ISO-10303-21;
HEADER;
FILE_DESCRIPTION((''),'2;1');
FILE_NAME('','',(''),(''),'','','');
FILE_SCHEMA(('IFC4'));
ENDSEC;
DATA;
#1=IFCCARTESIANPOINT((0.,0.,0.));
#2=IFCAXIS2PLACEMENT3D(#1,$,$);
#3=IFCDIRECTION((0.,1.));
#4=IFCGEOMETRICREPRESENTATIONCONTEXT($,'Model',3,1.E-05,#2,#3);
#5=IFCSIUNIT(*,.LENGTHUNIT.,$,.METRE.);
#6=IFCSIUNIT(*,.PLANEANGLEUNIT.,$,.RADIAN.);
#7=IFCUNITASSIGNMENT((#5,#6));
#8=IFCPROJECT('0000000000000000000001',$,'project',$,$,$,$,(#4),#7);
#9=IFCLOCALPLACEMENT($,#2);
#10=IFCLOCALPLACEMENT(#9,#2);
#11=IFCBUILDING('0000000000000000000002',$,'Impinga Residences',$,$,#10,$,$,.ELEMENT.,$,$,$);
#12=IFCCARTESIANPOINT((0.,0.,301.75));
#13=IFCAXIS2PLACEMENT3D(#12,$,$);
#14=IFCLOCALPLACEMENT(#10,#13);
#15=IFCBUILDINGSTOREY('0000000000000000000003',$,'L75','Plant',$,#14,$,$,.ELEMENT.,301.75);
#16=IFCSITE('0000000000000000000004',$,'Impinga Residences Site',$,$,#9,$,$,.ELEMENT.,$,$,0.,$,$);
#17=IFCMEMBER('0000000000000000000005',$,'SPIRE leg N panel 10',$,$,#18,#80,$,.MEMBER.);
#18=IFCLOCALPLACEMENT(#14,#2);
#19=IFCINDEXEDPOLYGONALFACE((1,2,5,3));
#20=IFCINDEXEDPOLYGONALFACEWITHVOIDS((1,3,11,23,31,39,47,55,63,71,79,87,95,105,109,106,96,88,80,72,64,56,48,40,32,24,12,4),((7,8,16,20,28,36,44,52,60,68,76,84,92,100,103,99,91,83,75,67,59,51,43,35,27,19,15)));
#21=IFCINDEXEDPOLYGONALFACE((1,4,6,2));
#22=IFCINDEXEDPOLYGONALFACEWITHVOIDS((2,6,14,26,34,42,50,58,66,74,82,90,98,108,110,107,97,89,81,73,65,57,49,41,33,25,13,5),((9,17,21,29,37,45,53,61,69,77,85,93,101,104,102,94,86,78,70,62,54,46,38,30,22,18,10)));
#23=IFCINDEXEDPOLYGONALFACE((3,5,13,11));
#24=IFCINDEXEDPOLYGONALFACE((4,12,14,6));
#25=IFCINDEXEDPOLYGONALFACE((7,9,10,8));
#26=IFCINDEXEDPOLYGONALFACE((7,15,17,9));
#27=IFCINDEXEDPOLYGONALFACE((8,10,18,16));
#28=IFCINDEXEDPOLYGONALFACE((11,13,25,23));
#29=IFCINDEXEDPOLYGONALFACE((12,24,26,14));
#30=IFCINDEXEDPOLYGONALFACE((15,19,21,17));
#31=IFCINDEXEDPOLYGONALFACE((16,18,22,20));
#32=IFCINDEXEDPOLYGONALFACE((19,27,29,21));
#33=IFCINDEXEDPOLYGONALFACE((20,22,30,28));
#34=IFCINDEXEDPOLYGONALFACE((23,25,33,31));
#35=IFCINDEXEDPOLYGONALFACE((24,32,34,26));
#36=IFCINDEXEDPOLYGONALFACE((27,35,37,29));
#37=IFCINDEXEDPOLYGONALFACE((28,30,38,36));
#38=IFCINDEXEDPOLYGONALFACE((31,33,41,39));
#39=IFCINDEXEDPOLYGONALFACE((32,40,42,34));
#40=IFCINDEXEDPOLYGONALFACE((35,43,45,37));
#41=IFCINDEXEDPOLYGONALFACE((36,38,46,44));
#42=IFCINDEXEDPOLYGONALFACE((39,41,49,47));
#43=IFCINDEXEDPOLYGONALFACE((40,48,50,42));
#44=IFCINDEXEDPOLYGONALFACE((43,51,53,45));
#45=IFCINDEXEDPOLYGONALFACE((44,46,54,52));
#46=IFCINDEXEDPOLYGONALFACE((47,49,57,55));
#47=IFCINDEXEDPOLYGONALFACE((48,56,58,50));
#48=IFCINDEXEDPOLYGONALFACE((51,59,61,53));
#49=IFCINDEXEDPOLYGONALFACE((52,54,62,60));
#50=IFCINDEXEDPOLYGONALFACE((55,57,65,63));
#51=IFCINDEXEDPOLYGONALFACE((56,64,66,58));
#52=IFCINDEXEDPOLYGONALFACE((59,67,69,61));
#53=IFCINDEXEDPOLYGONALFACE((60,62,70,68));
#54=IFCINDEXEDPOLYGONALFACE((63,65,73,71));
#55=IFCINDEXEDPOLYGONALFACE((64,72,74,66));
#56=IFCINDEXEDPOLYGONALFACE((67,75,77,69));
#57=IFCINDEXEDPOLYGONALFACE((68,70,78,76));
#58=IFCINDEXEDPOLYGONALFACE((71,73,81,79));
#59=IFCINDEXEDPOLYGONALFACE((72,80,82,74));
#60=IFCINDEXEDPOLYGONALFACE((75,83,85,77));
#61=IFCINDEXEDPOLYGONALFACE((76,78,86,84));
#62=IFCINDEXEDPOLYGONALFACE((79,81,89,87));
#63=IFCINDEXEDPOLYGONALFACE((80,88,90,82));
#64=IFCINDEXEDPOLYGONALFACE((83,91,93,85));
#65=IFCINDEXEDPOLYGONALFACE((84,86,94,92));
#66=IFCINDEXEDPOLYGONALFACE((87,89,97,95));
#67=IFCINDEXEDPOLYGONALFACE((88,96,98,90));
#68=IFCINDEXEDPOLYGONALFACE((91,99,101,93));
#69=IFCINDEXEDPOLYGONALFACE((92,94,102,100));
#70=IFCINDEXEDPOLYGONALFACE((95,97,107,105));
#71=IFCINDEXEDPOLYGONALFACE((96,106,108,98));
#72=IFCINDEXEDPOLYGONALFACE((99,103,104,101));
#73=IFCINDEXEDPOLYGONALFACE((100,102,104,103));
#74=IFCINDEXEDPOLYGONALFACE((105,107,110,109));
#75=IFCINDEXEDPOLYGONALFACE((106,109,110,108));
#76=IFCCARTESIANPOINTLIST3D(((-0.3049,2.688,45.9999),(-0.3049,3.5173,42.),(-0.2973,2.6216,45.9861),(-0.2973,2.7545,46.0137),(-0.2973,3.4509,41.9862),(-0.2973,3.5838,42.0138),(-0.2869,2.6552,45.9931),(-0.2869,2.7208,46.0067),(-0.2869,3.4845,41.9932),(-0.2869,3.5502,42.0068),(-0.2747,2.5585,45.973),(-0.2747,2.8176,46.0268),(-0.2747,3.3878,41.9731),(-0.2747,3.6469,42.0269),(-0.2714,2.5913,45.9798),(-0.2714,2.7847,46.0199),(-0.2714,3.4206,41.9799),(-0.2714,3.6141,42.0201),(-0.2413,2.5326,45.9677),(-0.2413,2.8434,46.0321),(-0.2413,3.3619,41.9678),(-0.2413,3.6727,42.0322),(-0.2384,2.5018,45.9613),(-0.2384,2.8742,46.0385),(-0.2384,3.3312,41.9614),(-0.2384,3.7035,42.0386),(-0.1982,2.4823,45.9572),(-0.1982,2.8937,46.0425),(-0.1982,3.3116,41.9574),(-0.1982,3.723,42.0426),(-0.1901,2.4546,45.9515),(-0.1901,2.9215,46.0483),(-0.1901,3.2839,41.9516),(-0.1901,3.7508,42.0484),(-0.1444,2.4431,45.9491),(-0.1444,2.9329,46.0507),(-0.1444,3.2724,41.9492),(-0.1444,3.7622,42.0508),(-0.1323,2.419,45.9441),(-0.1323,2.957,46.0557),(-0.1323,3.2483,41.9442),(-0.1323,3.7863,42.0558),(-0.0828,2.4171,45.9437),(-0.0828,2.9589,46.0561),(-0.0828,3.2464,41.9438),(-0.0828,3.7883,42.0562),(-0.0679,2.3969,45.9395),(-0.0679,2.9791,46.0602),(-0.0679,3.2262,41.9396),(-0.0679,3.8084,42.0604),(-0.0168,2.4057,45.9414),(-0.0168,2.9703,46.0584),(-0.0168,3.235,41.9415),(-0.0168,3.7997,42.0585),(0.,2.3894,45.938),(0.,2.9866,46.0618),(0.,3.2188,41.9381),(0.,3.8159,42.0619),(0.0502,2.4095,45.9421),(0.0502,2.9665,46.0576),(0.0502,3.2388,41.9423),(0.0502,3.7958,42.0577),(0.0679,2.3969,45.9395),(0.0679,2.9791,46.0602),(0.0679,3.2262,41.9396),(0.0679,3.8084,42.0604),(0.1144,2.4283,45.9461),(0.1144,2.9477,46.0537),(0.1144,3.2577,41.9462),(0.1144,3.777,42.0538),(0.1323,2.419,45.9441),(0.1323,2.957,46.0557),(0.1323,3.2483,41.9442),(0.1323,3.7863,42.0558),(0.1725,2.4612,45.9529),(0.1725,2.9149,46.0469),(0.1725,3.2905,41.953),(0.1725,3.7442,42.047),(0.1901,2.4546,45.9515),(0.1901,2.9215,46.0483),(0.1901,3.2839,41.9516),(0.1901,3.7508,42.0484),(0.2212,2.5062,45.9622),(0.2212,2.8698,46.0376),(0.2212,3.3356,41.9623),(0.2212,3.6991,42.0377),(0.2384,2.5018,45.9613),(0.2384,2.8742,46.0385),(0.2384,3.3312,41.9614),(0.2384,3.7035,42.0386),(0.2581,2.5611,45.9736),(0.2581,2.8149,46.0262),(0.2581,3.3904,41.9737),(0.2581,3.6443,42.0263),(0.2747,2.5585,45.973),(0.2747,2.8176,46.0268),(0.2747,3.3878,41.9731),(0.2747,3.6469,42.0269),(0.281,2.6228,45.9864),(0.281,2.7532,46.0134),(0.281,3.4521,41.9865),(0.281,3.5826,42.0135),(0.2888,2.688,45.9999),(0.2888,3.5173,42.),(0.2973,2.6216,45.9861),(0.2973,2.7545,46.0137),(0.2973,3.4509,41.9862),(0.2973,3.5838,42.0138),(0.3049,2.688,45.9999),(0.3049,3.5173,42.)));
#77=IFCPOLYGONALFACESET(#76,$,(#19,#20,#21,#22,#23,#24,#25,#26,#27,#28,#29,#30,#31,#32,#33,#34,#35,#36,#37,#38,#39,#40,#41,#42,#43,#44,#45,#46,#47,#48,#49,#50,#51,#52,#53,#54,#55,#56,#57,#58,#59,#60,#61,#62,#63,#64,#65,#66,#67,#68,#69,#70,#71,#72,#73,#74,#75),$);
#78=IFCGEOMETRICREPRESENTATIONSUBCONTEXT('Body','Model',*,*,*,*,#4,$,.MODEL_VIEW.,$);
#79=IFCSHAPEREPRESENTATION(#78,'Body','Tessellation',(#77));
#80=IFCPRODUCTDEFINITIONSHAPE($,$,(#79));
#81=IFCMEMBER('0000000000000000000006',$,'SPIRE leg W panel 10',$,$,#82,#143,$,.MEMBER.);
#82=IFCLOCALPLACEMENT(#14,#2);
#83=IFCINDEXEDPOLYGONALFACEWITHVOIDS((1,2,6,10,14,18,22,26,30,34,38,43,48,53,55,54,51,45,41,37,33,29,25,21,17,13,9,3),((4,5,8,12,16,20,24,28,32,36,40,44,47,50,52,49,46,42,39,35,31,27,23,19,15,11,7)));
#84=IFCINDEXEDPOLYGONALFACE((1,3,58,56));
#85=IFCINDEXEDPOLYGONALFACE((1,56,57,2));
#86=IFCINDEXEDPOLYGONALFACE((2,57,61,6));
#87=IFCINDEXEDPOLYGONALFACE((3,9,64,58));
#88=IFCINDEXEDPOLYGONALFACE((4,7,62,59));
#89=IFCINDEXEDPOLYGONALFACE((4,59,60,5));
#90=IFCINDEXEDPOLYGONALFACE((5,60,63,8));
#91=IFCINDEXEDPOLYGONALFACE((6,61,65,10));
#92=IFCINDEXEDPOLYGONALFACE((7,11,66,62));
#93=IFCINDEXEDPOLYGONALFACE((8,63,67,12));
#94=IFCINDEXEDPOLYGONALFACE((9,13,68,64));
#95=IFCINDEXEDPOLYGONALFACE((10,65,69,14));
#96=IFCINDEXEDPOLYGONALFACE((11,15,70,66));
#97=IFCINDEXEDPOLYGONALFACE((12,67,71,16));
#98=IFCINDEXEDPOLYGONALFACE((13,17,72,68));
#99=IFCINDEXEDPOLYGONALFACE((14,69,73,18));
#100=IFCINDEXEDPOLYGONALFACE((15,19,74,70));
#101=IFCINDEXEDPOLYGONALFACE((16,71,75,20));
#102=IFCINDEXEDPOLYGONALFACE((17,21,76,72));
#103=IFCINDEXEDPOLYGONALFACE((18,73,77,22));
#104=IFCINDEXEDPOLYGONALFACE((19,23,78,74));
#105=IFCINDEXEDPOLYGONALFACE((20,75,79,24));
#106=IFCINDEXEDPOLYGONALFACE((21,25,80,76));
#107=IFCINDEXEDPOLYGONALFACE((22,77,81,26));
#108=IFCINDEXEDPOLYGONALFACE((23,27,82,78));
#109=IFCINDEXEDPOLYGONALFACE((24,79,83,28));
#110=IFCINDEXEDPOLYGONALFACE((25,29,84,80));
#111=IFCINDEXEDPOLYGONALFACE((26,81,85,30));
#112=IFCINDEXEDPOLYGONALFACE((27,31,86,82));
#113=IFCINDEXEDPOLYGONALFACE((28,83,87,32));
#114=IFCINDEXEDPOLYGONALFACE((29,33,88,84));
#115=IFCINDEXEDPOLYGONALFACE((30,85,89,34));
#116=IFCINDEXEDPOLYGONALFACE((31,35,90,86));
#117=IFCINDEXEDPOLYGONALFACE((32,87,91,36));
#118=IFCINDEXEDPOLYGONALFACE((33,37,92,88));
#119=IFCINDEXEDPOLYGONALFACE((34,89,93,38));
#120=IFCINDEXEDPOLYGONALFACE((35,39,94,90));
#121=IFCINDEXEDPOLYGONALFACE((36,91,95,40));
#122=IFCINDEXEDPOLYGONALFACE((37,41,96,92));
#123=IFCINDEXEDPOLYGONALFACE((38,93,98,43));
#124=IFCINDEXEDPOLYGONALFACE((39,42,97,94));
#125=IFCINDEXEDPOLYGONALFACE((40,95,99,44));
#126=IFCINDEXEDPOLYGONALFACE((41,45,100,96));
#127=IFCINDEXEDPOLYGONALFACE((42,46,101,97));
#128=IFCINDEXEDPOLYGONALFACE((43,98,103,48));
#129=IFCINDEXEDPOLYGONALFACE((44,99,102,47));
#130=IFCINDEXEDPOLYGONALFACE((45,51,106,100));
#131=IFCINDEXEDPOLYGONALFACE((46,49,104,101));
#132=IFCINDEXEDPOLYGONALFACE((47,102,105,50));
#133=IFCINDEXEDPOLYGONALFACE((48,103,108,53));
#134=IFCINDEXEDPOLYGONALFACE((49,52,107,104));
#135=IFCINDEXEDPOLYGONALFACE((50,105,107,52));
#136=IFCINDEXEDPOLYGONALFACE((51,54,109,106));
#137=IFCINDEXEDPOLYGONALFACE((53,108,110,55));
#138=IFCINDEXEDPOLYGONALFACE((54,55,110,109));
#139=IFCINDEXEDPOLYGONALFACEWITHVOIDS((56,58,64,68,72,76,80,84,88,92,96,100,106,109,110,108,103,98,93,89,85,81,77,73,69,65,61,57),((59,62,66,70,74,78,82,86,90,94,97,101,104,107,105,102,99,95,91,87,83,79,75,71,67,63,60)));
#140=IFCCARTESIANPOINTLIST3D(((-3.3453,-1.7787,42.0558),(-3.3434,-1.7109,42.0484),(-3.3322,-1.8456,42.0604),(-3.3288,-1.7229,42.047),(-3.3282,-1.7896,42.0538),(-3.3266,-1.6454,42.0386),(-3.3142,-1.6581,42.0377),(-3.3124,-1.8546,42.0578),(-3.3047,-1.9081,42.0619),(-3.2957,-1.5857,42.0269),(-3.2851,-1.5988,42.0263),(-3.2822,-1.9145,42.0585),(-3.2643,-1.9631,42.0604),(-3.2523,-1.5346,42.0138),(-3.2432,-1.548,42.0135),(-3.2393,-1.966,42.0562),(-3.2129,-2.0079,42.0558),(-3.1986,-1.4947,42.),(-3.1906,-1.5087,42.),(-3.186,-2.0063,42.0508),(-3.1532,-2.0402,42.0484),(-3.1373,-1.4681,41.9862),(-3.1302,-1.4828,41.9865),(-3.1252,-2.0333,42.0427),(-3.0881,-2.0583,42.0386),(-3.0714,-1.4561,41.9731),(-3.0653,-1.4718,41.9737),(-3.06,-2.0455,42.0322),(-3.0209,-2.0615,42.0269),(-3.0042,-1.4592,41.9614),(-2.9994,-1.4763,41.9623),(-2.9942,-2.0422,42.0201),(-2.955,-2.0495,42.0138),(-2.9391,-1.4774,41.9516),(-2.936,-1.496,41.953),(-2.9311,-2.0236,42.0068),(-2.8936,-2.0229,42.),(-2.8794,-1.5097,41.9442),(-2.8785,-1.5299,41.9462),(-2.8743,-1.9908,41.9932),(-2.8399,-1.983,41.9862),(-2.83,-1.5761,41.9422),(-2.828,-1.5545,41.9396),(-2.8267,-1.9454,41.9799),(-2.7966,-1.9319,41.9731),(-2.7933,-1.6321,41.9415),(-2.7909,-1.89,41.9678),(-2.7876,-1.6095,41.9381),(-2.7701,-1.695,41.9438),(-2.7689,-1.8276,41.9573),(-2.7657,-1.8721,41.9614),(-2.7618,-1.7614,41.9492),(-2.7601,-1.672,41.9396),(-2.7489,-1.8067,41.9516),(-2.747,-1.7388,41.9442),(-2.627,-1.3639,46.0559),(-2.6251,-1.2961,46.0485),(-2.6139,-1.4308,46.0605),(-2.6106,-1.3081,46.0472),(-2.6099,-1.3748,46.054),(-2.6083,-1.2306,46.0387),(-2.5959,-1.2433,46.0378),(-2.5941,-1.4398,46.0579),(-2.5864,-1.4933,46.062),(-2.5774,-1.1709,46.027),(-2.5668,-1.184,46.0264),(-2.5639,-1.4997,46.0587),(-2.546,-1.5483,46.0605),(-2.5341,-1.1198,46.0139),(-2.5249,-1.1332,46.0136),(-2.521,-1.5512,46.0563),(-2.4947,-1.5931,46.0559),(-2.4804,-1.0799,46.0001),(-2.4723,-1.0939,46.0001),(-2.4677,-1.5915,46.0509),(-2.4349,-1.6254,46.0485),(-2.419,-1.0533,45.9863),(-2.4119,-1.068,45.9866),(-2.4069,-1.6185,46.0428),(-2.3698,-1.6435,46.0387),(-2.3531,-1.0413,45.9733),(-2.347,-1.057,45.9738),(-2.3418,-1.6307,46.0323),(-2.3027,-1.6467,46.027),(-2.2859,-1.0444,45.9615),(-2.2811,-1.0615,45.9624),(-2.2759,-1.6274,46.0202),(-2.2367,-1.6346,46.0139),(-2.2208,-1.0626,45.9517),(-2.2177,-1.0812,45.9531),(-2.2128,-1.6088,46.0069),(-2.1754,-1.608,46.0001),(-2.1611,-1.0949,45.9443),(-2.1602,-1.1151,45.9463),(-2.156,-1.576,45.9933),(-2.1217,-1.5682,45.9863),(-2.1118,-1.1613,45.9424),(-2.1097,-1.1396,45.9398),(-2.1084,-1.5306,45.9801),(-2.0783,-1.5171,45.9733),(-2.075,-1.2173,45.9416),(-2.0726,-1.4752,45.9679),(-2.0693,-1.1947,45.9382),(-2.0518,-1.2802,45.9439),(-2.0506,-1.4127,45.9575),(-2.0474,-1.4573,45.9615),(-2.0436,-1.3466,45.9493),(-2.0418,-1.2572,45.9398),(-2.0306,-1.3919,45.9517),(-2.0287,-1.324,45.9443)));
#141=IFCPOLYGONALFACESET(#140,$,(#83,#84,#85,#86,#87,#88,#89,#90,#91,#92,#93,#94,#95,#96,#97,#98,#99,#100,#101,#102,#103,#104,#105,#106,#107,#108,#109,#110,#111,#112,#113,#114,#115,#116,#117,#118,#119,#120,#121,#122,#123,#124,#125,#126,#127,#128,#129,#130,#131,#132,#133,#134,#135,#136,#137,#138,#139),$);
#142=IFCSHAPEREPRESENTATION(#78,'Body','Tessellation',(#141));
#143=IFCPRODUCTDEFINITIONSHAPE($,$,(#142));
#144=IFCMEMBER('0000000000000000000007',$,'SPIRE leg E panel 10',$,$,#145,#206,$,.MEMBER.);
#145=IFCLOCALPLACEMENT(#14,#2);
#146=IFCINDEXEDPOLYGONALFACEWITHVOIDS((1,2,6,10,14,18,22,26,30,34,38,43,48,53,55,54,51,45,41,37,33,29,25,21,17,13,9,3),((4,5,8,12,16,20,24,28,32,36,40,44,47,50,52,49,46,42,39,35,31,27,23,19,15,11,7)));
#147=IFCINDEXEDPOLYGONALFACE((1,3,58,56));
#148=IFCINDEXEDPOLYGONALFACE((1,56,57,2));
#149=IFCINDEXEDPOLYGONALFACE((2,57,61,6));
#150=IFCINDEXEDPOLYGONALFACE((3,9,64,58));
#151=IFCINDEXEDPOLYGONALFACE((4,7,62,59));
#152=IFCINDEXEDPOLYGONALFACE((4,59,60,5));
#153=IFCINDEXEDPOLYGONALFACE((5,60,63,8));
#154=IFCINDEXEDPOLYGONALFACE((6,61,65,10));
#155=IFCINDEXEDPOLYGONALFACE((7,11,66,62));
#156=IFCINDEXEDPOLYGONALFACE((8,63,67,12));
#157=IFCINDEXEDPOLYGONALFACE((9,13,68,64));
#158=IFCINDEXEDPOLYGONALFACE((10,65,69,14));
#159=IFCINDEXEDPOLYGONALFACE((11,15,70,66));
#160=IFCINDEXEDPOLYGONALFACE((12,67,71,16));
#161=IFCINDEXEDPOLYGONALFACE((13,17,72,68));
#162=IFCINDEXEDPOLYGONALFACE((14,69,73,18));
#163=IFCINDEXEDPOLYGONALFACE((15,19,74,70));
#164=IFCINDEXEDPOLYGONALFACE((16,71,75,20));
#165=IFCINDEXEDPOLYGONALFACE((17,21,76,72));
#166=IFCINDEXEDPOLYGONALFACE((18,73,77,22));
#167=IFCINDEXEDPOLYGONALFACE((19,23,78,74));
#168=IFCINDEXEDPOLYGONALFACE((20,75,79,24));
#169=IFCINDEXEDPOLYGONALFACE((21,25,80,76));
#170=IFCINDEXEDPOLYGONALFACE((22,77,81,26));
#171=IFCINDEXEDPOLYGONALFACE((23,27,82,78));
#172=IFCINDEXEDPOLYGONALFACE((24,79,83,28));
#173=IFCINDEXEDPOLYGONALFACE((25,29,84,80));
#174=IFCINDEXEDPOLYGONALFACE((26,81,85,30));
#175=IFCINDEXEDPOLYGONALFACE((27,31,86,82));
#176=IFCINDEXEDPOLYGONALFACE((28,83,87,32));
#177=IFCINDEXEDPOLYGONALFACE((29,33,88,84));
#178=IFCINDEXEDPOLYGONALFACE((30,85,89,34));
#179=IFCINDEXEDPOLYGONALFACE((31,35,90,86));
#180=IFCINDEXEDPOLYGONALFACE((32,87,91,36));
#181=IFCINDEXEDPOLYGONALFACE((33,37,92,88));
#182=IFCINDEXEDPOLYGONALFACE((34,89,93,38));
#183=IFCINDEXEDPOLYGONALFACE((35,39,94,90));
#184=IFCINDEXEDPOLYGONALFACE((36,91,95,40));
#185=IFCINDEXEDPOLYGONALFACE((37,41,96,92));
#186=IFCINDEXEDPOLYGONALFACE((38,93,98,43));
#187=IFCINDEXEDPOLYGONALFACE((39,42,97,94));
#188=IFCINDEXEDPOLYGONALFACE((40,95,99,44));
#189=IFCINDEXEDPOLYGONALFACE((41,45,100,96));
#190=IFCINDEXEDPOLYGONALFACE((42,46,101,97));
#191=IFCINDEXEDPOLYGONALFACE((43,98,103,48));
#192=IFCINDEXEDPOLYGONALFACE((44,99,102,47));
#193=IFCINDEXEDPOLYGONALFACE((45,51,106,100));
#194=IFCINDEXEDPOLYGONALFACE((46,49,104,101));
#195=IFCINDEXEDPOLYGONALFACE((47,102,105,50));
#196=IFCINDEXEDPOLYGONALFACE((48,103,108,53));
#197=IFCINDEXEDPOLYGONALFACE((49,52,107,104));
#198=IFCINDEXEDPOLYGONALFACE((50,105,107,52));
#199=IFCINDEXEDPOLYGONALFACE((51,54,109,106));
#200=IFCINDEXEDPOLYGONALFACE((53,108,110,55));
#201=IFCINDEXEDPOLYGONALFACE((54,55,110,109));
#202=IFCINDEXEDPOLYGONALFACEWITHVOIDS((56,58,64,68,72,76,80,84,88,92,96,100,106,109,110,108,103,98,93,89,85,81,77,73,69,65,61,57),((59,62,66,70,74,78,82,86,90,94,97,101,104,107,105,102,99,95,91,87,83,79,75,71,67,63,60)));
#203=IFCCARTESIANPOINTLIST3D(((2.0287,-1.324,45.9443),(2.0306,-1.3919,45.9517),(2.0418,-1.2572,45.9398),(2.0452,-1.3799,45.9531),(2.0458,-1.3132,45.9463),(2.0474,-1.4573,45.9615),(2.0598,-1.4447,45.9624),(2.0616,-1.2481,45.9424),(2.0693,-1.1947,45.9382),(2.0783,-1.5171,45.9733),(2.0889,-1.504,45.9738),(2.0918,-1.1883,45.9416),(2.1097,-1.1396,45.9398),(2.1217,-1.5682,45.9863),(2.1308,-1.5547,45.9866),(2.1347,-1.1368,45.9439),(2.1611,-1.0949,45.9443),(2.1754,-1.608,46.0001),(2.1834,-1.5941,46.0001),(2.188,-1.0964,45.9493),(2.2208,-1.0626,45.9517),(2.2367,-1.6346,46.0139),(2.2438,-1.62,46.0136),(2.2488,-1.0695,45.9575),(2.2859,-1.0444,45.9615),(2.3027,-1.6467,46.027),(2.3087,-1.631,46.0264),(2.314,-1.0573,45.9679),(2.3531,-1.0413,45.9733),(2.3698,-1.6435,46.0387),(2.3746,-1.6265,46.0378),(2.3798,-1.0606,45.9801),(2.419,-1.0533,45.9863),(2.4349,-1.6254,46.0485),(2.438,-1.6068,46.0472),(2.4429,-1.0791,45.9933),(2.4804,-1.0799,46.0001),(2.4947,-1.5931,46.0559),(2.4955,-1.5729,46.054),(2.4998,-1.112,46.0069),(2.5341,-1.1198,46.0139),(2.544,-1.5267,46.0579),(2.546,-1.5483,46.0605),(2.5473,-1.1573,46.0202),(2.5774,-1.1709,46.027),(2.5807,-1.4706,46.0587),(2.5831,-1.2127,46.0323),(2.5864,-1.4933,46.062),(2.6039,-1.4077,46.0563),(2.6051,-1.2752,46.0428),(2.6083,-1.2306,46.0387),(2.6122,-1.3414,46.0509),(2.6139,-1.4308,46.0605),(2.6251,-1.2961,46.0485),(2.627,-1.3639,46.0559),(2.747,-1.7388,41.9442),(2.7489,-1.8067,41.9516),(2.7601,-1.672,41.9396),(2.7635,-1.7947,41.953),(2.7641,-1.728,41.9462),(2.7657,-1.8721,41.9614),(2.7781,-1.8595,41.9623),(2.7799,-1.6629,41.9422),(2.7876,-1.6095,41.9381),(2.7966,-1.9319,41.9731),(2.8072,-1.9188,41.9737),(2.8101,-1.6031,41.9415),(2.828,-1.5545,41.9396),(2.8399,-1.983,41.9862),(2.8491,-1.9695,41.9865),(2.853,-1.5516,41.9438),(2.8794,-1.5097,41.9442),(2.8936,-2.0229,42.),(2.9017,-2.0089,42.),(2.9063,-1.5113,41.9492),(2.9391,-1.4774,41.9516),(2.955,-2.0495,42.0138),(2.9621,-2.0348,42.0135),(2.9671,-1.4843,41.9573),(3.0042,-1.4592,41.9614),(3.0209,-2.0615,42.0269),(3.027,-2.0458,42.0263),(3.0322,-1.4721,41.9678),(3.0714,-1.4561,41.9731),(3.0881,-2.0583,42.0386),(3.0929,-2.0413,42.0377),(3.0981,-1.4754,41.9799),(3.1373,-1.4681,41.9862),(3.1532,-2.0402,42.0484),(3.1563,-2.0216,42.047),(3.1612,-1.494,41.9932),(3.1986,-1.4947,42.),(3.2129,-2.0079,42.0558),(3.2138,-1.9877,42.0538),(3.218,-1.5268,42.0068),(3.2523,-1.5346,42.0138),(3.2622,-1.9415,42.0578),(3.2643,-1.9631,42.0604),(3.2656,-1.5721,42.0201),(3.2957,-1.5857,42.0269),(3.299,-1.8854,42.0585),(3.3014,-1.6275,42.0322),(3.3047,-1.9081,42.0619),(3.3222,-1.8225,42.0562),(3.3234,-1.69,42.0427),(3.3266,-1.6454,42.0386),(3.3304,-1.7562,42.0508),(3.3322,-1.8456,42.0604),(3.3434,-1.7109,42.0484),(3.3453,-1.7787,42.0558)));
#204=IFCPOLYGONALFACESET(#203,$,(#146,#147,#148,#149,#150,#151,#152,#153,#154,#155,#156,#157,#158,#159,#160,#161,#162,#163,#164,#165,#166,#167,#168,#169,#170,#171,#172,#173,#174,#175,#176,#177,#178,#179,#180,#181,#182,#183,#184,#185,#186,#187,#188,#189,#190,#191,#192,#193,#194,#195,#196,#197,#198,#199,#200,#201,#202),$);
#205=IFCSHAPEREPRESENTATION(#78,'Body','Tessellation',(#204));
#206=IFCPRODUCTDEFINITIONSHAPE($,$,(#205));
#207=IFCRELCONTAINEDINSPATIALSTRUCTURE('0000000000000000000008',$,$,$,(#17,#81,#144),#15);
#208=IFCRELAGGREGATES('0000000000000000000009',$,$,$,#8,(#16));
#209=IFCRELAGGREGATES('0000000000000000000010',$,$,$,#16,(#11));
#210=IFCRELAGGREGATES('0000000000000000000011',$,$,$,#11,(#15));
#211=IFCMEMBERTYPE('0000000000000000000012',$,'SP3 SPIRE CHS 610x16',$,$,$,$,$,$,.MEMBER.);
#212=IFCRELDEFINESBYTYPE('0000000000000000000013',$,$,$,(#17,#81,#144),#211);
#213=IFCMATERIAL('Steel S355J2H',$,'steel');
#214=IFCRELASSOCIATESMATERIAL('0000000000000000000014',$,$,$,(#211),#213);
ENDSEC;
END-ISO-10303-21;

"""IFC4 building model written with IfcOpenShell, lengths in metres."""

from ifc_helpers import new_model, si_unit, direction, frame, origin, origin_2d, place, context, subcontext, project, spatial, hollow_circle, extrude, material, material_profile, profile_set, type_object, element, save


model = new_model("IFC4")

# Units and contexts
model_context = context("Model", 3, precision=1e-05, world=origin(), true_north=direction((0.0, 1.0)))
body_context = subcontext(model_context, "Body", "Model", "MODEL_VIEW")
ifc_project = project(units=[si_unit("LENGTHUNIT", "METRE"), si_unit("PLANEANGLEUNIT", "RADIAN")], contexts=[model_context])

# Site, building, storey
site_placement = place(None, origin())
site = spatial("IfcSite", under=ifc_project, at=site_placement, Name="Impinga Residences Site", CompositionType="ELEMENT", RefElevation=0.0)
building_placement = place(site_placement, origin())
building = spatial("IfcBuilding", under=site, at=building_placement, Name="Impinga Residences", CompositionType="ELEMENT")
storey_placement = place(building_placement, frame((0.0, 0.0, 301.75)))
storey = spatial("IfcBuildingStorey", under=building, at=storey_placement, Name="L75", Description="Plant", CompositionType="ELEMENT", Elevation=301.75)

# Members
ifc_material = material(Name="Steel S355J2H", Category="steel")
ifc_material_profile_1 = material_profile(ifc_material, hollow_circle(Radius=0.3049, WallThickness=0.0161, at=origin_2d()), Name="CHS 610x16")
ifc_profile_set_1 = profile_set([ifc_material_profile_1], Name="Steel S355J2H")
member_type_1 = type_object("IfcMemberType", Name="SP3 SPIRE CHS 610x16", PredefinedType="MEMBER", material=ifc_profile_set_1)
for number, where, z_axis, x_axis, name in (
    (1, (0.0, 3.5173, 42.0), (0.0, -0.203019, 0.979175), (1.0, 0.0, 0.0), "SPIRE leg N panel 10"),
):
    element("IfcMember", number, at=place(storey_placement, frame(where, z_axis=z_axis, x_axis=x_axis)), inside=storey, type_object=member_type_1, Name=name, PredefinedType="MEMBER", context=body_context, shape_type="SweptSolid", body=[
        extrude(hollow_circle(Radius=0.3049, WallThickness=0.0161, at=origin_2d()), origin(), (0.0, 0.0, 1.0), 4.085),
    ])
for number, where, z_axis, x_axis, name in (
    (2, (-3.0461, -1.7588, 42.0), (0.175825, 0.101539, 0.979171), (-0.500096, 0.86597, 0.0), "SPIRE leg W panel 10"),
    (3, (3.0461, -1.7588, 42.0), (-0.175825, 0.101539, 0.979171), (-0.500096, -0.86597, 0.0), "SPIRE leg E panel 10"),
):
    element("IfcMember", number, at=place(storey_placement, frame(where, z_axis=z_axis, x_axis=x_axis)), inside=storey, type_object=member_type_1, Name=name, PredefinedType="MEMBER", context=body_context, shape_type="SweptSolid", body=[
        extrude(hollow_circle(Radius=0.3049, WallThickness=0.0161, at=origin_2d()), origin(), (0.0, 0.0, 1.0), 4.0852),
    ])

save(model, "model.ifc")
